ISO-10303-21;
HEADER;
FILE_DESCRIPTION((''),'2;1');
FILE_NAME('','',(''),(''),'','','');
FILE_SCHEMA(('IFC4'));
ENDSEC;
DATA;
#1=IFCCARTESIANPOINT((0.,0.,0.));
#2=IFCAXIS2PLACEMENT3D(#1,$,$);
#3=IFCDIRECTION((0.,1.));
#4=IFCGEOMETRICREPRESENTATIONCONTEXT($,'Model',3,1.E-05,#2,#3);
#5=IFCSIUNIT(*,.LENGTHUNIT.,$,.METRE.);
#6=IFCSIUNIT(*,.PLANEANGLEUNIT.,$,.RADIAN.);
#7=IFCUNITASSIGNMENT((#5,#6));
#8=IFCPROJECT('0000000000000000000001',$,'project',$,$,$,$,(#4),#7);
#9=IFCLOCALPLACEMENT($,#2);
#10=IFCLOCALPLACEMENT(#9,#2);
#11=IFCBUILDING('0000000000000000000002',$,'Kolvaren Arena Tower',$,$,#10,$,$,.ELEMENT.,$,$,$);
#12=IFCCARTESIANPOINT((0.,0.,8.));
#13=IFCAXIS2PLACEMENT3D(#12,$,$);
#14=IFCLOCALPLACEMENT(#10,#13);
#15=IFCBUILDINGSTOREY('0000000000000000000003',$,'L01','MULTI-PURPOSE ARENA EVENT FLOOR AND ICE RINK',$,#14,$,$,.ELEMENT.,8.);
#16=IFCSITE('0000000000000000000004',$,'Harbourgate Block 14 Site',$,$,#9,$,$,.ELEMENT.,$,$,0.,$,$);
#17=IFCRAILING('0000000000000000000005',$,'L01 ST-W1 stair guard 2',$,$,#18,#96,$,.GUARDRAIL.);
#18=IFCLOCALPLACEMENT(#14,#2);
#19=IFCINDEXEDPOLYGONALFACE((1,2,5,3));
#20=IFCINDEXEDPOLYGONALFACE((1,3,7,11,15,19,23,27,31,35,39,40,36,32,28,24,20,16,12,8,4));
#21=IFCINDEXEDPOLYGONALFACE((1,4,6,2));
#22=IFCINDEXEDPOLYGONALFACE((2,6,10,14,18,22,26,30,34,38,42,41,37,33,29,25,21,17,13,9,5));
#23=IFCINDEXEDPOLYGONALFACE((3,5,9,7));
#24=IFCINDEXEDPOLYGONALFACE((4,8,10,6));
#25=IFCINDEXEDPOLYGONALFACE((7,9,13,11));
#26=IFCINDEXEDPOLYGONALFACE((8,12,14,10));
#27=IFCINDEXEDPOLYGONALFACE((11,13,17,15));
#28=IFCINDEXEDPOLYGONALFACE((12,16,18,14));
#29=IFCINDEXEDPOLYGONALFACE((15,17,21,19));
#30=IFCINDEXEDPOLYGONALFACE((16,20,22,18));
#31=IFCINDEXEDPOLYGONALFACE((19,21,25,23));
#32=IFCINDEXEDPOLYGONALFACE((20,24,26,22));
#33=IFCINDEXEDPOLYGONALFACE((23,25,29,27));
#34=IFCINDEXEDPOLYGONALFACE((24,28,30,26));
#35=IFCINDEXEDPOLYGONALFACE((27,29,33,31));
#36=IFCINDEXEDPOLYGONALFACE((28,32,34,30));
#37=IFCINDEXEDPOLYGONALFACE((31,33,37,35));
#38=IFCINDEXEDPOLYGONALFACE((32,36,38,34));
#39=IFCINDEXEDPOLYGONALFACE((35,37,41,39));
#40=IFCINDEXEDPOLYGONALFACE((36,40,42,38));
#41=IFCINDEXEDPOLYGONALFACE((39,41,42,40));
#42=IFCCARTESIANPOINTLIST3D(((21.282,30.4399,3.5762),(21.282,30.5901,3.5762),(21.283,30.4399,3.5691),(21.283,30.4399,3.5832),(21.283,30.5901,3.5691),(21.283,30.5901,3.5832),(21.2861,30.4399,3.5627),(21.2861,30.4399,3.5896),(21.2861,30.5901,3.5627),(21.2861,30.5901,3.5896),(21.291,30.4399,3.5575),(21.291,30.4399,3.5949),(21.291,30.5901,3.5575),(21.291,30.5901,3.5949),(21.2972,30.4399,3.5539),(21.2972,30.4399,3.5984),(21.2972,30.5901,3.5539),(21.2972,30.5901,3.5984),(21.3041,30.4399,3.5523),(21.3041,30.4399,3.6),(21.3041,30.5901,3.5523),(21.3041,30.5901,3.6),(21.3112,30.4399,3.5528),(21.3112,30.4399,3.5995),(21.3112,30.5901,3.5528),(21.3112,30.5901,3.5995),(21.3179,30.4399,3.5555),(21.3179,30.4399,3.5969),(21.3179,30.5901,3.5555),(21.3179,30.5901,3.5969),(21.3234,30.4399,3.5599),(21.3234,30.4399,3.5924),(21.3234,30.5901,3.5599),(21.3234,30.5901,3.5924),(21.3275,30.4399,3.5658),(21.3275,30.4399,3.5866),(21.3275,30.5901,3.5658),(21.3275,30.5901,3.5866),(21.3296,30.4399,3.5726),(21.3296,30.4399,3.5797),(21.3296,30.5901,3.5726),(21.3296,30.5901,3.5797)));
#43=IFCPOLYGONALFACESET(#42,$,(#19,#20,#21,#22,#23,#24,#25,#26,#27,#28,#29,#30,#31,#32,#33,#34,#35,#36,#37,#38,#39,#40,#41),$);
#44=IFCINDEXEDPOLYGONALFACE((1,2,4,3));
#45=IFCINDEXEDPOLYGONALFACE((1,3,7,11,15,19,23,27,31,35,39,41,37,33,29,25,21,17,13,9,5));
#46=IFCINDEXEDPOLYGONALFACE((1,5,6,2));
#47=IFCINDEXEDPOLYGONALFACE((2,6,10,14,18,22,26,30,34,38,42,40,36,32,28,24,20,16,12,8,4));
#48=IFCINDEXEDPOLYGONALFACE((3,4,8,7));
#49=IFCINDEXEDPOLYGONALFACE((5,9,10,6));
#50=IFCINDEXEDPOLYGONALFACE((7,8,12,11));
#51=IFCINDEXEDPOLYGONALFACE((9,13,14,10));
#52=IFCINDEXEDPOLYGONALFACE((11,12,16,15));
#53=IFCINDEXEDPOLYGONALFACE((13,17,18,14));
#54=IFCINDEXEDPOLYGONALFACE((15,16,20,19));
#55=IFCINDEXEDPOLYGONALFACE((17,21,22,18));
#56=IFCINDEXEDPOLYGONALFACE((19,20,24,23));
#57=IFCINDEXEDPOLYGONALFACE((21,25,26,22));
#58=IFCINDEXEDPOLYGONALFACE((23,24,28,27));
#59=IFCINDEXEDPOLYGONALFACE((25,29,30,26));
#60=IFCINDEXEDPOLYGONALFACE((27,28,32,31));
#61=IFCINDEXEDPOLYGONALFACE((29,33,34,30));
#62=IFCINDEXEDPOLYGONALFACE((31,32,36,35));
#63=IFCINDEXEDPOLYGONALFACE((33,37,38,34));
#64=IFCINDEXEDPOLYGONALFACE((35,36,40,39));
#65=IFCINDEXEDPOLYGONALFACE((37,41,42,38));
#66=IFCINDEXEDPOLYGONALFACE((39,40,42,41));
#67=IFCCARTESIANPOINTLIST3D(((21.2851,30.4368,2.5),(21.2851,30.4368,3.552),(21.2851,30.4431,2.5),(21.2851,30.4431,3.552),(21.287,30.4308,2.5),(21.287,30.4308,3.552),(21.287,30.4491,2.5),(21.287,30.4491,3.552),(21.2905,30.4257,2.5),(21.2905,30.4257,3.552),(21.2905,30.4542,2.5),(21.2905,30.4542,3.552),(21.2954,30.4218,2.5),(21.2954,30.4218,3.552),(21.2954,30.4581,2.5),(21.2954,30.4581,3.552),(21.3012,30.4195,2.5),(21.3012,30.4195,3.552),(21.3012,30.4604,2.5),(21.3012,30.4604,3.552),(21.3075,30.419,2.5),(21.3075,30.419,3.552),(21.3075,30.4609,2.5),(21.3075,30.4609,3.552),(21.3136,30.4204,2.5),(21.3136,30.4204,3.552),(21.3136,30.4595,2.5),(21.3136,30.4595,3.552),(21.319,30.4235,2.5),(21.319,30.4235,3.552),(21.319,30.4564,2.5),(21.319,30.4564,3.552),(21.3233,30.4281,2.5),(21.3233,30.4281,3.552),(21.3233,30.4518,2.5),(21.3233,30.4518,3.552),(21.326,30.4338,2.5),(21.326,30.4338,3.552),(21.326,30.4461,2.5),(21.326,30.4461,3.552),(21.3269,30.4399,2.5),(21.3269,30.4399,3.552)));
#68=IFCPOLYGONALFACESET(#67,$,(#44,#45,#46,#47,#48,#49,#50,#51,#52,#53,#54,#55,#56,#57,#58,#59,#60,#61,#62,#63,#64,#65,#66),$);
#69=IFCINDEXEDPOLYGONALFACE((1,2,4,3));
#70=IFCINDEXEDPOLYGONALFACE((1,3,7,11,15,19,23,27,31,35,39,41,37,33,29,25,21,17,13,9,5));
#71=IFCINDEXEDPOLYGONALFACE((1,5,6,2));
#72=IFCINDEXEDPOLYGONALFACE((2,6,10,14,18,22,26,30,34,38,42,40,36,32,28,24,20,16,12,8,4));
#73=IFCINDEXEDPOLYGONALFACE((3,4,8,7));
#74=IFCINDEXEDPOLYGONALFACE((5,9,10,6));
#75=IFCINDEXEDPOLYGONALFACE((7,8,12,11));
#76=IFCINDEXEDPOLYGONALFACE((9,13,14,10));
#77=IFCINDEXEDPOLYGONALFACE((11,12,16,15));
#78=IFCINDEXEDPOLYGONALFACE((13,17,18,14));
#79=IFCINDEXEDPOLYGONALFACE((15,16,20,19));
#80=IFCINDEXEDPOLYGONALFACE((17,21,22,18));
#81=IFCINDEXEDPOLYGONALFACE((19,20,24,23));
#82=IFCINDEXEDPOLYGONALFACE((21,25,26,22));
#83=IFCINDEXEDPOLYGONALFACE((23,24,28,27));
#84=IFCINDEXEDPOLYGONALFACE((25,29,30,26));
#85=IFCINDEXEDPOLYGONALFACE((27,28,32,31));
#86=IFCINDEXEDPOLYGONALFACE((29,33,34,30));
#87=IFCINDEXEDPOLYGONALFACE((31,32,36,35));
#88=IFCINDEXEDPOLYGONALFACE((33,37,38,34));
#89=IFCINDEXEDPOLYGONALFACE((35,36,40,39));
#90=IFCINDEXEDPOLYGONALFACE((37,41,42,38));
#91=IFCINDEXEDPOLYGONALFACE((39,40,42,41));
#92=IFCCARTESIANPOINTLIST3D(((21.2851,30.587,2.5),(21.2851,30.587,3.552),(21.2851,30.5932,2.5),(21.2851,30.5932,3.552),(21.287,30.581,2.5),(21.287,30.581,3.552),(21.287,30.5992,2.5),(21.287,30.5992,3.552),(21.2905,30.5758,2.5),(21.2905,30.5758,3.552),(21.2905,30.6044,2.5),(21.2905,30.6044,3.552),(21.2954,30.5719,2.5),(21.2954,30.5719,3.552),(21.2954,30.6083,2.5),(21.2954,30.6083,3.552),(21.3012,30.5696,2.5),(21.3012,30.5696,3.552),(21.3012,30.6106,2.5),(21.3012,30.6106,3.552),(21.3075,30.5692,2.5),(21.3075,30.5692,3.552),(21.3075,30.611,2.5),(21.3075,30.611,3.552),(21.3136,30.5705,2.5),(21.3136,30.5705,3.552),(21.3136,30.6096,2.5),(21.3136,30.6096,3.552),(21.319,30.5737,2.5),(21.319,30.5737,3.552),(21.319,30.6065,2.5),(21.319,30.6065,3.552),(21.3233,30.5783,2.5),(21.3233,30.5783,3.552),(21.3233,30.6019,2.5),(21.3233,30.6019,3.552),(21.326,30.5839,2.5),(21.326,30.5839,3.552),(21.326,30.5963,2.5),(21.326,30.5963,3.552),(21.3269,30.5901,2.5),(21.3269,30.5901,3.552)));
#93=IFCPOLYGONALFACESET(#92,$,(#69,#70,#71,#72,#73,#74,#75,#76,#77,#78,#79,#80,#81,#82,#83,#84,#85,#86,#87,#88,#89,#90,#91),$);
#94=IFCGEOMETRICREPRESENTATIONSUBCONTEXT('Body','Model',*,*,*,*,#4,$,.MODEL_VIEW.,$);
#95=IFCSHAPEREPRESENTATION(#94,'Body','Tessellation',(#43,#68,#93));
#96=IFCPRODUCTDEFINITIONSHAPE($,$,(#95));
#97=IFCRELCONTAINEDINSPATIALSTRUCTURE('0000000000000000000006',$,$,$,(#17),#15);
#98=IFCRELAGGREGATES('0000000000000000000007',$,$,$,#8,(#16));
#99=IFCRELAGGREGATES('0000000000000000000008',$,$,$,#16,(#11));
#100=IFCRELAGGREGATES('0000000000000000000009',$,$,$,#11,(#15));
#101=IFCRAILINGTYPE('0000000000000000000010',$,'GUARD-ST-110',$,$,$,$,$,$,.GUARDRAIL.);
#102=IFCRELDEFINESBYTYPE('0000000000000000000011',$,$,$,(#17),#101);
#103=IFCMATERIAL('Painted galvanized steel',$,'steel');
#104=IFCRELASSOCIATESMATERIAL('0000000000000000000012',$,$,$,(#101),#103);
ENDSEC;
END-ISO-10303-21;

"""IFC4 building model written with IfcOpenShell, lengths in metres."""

from ifc_helpers import new_model, si_unit, direction, frame, origin, origin_2d, place, context, subcontext, project, spatial, circle, extrude, material, type_object, element, save


model = new_model("IFC4")

# Units and contexts
model_context = context("Model", 3, precision=1e-05, world=origin(), true_north=direction((0.0, 1.0)))
body_context = subcontext(model_context, "Body", "Model", "MODEL_VIEW")
ifc_project = project(units=[si_unit("LENGTHUNIT", "METRE"), si_unit("PLANEANGLEUNIT", "RADIAN")], contexts=[model_context])

# Site, building, storey
site_placement = place(None, origin())
site = spatial("IfcSite", under=ifc_project, at=site_placement, Name="Harbourgate Block 14 Site", CompositionType="ELEMENT", RefElevation=0.0)
building_placement = place(site_placement, origin())
building = spatial("IfcBuilding", under=site, at=building_placement, Name="Kolvaren Arena Tower", CompositionType="ELEMENT")
storey_placement = place(building_placement, frame((0.0, 0.0, 8.0)))
storey = spatial("IfcBuildingStorey", under=building, at=storey_placement, Name="L01", Description="MULTI-PURPOSE ARENA EVENT FLOOR AND ICE RINK", CompositionType="ELEMENT", Elevation=8.0)

# Railing
ifc_material_1 = material(Name="Painted galvanized steel", Category="steel")
railing_type_1 = type_object("IfcRailingType", Name="GUARD-ST-110", PredefinedType="GUARDRAIL", material=ifc_material_1)
railing_1_placement = place(storey_placement, frame((21.3059, 30.4399, 2.5)))
element("IfcRailing", 1, at=railing_1_placement, inside=storey, type_object=railing_type_1, Name="L01 ST-W1 stair guard 2", PredefinedType="GUARDRAIL", context=body_context, shape_type="SweptSolid", body=[
    extrude(circle(Radius=0.0239, at=origin_2d()), frame((0.0, 0.0, 1.0762), z_axis=(0.0, 1.0, 0.0), x_axis=(-1.0, 0.0, 0.0)), (0.0, 0.0, 1.0), 0.1501),
    extrude(circle(Radius=0.021, at=origin_2d()), origin(), (0.0, 0.0, 1.0), 1.052),
    extrude(circle(Radius=0.021, at=origin_2d()), frame((0.0, 0.1501, 0.0)), (0.0, 0.0, 1.0), 1.052),
])

save(model, "model.ifc")
